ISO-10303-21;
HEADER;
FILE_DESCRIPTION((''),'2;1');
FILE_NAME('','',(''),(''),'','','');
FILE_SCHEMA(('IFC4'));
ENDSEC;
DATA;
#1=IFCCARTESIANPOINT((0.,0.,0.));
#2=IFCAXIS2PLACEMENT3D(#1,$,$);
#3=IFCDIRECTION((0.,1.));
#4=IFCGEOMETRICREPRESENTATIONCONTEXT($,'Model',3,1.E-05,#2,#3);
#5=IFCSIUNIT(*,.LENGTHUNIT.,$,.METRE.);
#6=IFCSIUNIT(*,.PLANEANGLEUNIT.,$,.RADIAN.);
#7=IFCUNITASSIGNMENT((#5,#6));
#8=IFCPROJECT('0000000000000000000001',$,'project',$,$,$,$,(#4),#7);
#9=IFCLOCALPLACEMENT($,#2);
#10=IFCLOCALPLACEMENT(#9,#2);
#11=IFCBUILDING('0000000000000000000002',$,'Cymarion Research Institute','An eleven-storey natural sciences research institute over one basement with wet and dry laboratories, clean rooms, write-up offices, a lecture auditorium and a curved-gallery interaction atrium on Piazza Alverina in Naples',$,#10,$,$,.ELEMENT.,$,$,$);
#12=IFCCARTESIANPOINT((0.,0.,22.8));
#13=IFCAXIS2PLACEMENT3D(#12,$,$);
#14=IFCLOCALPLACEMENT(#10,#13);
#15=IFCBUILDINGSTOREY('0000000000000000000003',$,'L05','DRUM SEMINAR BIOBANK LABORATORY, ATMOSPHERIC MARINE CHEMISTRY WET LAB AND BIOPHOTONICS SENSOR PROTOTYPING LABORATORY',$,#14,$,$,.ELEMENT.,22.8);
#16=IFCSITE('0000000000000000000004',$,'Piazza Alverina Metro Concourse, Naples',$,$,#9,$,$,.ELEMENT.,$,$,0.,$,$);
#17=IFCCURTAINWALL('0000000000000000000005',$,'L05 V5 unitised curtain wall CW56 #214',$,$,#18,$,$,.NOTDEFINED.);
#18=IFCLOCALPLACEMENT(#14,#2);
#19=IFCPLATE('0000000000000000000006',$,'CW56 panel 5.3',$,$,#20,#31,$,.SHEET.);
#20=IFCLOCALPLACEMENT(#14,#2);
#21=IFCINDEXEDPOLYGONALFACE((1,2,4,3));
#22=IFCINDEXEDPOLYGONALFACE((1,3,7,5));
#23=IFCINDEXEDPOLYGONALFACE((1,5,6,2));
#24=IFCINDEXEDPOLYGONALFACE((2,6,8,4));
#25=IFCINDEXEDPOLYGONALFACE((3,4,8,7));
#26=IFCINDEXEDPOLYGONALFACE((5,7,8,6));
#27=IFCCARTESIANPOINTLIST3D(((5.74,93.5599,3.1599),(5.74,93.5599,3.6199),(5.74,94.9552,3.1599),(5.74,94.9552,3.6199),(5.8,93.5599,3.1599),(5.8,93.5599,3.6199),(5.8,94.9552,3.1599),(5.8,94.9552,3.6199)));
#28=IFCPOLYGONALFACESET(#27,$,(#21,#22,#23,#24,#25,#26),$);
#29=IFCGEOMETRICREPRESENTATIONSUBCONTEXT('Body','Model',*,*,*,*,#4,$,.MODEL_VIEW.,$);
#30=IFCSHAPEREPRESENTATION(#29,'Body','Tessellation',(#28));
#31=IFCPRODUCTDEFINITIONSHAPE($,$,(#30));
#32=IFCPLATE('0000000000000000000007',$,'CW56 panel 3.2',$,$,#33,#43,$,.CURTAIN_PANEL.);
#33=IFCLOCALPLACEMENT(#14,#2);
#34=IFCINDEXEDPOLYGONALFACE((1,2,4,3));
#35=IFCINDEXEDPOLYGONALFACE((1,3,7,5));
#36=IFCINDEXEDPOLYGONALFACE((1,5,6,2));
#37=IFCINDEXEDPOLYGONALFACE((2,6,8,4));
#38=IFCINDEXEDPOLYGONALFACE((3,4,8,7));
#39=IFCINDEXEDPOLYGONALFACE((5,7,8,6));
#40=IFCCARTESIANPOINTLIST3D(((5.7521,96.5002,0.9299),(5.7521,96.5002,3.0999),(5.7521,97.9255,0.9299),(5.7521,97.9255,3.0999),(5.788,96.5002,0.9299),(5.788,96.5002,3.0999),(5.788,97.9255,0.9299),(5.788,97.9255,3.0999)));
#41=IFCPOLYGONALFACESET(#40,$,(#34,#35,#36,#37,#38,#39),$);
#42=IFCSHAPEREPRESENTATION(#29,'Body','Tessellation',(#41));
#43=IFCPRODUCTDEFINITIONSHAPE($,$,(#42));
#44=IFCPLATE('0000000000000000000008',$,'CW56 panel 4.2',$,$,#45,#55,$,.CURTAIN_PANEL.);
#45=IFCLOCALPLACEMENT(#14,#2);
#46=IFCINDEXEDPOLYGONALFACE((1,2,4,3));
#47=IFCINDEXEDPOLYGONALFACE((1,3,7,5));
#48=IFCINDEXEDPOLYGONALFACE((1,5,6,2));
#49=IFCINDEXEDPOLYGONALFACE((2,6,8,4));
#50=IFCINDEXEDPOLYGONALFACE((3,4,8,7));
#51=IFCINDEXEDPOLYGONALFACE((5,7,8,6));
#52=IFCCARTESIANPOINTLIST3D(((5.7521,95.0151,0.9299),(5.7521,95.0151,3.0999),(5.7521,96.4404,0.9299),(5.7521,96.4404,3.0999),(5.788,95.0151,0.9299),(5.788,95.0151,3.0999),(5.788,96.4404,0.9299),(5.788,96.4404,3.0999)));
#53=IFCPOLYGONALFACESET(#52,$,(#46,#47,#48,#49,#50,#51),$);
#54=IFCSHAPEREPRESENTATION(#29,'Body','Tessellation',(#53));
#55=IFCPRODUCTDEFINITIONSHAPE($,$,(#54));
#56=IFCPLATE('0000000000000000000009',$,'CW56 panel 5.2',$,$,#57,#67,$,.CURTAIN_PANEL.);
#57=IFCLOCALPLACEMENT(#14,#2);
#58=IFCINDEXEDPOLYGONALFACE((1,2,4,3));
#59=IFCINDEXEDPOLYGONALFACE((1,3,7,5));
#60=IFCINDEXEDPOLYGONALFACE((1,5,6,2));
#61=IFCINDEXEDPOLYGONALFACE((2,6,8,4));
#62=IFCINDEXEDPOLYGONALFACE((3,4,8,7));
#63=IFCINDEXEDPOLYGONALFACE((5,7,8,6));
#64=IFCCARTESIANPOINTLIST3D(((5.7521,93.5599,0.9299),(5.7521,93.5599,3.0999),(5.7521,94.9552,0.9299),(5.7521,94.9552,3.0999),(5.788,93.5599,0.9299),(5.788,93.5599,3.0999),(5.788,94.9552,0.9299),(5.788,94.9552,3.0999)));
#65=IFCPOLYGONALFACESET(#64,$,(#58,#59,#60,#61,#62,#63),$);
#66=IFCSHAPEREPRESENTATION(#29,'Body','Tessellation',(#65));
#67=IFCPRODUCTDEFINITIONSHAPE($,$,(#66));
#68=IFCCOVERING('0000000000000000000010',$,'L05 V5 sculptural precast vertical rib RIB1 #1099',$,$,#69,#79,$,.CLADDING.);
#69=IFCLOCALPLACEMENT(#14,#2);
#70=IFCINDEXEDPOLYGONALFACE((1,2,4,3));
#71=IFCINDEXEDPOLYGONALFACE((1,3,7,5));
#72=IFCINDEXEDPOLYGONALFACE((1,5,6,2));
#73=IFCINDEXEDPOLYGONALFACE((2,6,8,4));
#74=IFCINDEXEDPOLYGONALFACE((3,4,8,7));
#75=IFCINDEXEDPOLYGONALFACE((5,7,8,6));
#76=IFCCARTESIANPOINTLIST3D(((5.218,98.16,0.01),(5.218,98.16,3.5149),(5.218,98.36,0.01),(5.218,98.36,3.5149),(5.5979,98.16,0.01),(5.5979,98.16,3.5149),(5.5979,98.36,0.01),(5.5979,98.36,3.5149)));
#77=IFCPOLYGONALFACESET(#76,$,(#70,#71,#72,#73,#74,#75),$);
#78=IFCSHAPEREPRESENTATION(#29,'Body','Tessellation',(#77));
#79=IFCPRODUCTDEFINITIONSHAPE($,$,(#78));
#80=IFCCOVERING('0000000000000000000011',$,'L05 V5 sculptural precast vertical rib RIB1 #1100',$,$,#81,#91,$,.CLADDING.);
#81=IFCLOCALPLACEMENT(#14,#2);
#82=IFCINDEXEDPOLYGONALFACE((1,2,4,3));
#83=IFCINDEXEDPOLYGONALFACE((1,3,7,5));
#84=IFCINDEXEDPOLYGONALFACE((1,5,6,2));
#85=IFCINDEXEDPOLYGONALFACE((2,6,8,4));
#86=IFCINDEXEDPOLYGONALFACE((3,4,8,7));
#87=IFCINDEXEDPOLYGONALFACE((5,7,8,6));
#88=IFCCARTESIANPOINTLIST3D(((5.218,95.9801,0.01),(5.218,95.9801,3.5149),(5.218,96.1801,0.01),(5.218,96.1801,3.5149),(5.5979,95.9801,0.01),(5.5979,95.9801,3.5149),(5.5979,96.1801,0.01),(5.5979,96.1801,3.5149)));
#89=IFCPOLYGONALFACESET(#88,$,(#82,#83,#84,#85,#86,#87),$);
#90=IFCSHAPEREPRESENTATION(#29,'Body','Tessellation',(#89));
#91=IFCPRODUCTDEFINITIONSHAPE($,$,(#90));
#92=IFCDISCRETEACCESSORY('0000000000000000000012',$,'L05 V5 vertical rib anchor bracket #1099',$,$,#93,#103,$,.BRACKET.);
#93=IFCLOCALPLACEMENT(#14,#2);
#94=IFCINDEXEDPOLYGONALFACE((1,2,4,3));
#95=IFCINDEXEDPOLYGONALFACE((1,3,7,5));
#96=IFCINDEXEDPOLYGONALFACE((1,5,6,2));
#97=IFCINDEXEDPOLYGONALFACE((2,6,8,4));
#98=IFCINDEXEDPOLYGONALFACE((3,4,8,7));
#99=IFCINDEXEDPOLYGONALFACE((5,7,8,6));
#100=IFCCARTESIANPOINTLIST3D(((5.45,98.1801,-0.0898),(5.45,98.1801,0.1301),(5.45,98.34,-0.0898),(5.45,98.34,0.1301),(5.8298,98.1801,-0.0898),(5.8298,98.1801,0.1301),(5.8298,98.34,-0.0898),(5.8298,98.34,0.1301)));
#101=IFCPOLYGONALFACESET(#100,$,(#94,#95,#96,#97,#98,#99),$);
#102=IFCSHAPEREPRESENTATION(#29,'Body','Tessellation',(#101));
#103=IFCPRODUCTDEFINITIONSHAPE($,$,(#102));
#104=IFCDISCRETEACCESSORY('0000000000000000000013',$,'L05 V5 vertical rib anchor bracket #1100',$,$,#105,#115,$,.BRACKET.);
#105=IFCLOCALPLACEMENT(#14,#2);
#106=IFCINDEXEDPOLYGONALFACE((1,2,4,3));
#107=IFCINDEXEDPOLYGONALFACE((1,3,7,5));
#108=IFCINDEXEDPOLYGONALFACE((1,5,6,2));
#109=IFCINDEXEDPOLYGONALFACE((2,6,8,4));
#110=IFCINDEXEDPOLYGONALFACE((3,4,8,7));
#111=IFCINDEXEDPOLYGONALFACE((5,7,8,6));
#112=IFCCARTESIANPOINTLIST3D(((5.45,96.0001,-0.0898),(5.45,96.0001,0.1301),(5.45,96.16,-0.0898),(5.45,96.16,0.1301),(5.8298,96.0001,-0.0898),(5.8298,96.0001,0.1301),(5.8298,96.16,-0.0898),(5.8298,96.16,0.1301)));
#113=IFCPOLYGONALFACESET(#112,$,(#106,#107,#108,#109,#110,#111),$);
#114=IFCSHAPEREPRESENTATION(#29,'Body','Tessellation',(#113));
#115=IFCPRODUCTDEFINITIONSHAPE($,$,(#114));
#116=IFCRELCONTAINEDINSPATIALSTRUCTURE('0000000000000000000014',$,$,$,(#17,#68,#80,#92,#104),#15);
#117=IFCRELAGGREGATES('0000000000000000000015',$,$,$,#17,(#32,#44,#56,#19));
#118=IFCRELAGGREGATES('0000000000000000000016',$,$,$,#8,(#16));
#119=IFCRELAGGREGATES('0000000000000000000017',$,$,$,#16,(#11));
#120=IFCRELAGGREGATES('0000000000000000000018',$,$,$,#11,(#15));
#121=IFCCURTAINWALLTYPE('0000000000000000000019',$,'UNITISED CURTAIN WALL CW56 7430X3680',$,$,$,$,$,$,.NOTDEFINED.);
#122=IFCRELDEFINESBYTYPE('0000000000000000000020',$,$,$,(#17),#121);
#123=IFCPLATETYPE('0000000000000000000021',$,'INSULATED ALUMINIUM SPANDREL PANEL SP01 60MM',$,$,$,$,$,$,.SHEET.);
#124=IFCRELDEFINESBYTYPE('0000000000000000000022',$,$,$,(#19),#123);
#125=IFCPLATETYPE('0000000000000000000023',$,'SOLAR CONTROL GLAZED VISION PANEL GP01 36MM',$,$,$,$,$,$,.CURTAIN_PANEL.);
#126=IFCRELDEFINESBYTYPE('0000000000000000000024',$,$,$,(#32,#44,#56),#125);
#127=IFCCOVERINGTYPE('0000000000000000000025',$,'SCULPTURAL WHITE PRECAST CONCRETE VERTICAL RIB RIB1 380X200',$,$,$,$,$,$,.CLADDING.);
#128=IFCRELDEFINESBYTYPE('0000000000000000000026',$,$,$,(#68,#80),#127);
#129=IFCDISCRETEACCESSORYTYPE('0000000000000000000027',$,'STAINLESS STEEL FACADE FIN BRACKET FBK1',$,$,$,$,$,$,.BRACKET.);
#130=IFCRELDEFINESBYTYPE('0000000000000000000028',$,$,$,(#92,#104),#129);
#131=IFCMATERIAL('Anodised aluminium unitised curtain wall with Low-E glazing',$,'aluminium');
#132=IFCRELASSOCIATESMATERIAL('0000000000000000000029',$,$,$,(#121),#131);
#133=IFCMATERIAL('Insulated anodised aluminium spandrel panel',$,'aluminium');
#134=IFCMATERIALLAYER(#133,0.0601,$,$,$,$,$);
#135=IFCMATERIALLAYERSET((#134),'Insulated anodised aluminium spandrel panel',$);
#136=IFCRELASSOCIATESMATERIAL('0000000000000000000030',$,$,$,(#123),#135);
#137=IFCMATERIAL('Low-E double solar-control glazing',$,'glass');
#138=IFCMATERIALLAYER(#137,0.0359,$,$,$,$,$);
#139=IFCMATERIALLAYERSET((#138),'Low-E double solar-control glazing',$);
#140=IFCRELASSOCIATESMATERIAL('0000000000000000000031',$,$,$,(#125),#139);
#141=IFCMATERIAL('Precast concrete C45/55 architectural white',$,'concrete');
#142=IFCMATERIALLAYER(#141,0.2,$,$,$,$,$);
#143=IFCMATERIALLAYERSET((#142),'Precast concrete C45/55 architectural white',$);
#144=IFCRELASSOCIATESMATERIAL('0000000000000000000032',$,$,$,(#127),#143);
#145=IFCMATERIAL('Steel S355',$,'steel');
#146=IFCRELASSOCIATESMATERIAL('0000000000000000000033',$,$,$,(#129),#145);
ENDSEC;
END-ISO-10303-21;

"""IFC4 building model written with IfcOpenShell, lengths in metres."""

from ifc_helpers import new_model, si_unit, direction, frame, origin, origin_2d, place, context, subcontext, project, spatial, rectangle, extrude, material, layer, layer_set, type_object, element, aggregate, save


model = new_model("IFC4")

# Units and contexts
model_context = context("Model", 3, precision=1e-05, world=origin(), true_north=direction((0.0, 1.0)))
body_context = subcontext(model_context, "Body", "Model", "MODEL_VIEW")
ifc_project = project(units=[si_unit("LENGTHUNIT", "METRE"), si_unit("PLANEANGLEUNIT", "RADIAN")], contexts=[model_context])

# Site, building, storey
site_placement = place(None, origin())
site = spatial("IfcSite", under=ifc_project, at=site_placement, Name="Piazza Alverina Metro Concourse, Naples", CompositionType="ELEMENT", RefElevation=0.0)
building_placement = place(site_placement, origin())
building = spatial("IfcBuilding", under=site, at=building_placement, Name="Cymarion Research Institute", Description="An eleven-storey natural sciences research institute over one basement with wet and dry laboratories, clean rooms, write-up offices, a lecture auditorium and a curved-gallery interaction atrium on Piazza Alverina in Naples", CompositionType="ELEMENT")
storey_placement = place(building_placement, frame((0.0, 0.0, 22.8)))
storey = spatial("IfcBuildingStorey", under=building, at=storey_placement, Name="L05", Description="DRUM SEMINAR BIOBANK LABORATORY, ATMOSPHERIC MARINE CHEMISTRY WET LAB AND BIOPHOTONICS SENSOR PROTOTYPING LABORATORY", CompositionType="ELEMENT", Elevation=22.8)

# Curtain wall, plates
ifc_material_1 = material(Name="Anodised aluminium unitised curtain wall with Low-E glazing", Category="aluminium")
curtain_wall_type = type_object("IfcCurtainWallType", Name="UNITISED CURTAIN WALL CW56 7430X3680", PredefinedType="NOTDEFINED", material=ifc_material_1)
curtain_wall_placement = place(storey_placement, origin())
curtain_wall = element("IfcCurtainWall", 1, at=curtain_wall_placement, inside=storey, type_object=curtain_wall_type, Name="L05 V5 unitised curtain wall CW56 #214", PredefinedType="NOTDEFINED")
ifc_material_2 = material(Name="Insulated anodised aluminium spandrel panel", Category="aluminium")
ifc_layer_1 = layer(ifc_material_2, 0.0601)
ifc_layer_set_1 = layer_set([ifc_layer_1], Name="Insulated anodised aluminium spandrel panel")
plate_type_1 = type_object("IfcPlateType", Name="INSULATED ALUMINIUM SPANDREL PANEL SP01 60MM", PredefinedType="SHEET", material=ifc_layer_set_1)
plate_1_placement = place(storey_placement, frame((5.77, 94.2576, 3.1599), z_axis=(0.0, 0.0, 1.0), x_axis=(0.0, -1.0, 0.0)))
plate_1 = element("IfcPlate", 2, at=plate_1_placement, type_object=plate_type_1, Name="CW56 panel 5.3", PredefinedType="SHEET", context=body_context, shape_type="SweptSolid", body=[
    extrude(rectangle(XDim=1.3953, YDim=0.0601, at=origin_2d()), origin(), (0.0, 0.0, 1.0), 0.46),
])
ifc_material_3 = material(Name="Low-E double solar-control glazing", Category="glass")
ifc_layer_2 = layer(ifc_material_3, 0.0359)
ifc_layer_set_2 = layer_set([ifc_layer_2], Name="Low-E double solar-control glazing")
plate_type_2 = type_object("IfcPlateType", Name="SOLAR CONTROL GLAZED VISION PANEL GP01 36MM", PredefinedType="CURTAIN_PANEL", material=ifc_layer_set_2)
plate_2_placement = place(storey_placement, frame((5.77, 97.2129, 0.9299), z_axis=(0.0, 0.0, 1.0), x_axis=(0.0, -1.0, 0.0)))
plate_2 = element("IfcPlate", 3, at=plate_2_placement, type_object=plate_type_2, Name="CW56 panel 3.2", PredefinedType="CURTAIN_PANEL", context=body_context, shape_type="SweptSolid", body=[
    extrude(rectangle(XDim=1.4253, YDim=0.0359, at=origin_2d()), origin(), (0.0, 0.0, 1.0), 2.1699),
])
plate_3_placement = place(storey_placement, frame((5.77, 95.7278, 0.9299), z_axis=(0.0, 0.0, 1.0), x_axis=(0.0, -1.0, 0.0)))
plate_3 = element("IfcPlate", 4, at=plate_3_placement, type_object=plate_type_2, Name="CW56 panel 4.2", PredefinedType="CURTAIN_PANEL", context=body_context, shape_type="SweptSolid", body=[
    extrude(rectangle(XDim=1.4253, YDim=0.0359, at=origin_2d()), origin(), (0.0, 0.0, 1.0), 2.1699),
])
plate_4_placement = place(storey_placement, frame((5.77, 94.2576, 0.9299), z_axis=(0.0, 0.0, 1.0), x_axis=(0.0, -1.0, 0.0)))
plate_4 = element("IfcPlate", 5, at=plate_4_placement, type_object=plate_type_2, Name="CW56 panel 5.2", PredefinedType="CURTAIN_PANEL", context=body_context, shape_type="SweptSolid", body=[
    extrude(rectangle(XDim=1.3953, YDim=0.0359, at=origin_2d()), origin(), (0.0, 0.0, 1.0), 2.1699),
])
aggregate(curtain_wall, [plate_2, plate_3, plate_4, plate_1])

# Coverings
ifc_material_4 = material(Name="Precast concrete C45/55 architectural white", Category="concrete")
ifc_layer_3 = layer(ifc_material_4, 0.2)
ifc_layer_set_3 = layer_set([ifc_layer_3], Name="Precast concrete C45/55 architectural white")
covering_type = type_object("IfcCoveringType", Name="SCULPTURAL WHITE PRECAST CONCRETE VERTICAL RIB RIB1 380X200", PredefinedType="CLADDING", material=ifc_layer_set_3)
for number, where, z_axis, x_axis, name in (
    (6, (5.408, 98.26, 0.01), (0.0, 0.0, 1.0), (-1.0, 0.0, 0.0), "L05 V5 sculptural precast vertical rib RIB1 #1099"),
    (7, (5.408, 96.0801, 0.01), (0.0, 0.0, 1.0), (-1.0, 0.0, 0.0), "L05 V5 sculptural precast vertical rib RIB1 #1100"),
):
    element("IfcCovering", number, at=place(storey_placement, frame(where, z_axis=z_axis, x_axis=x_axis)), inside=storey, type_object=covering_type, Name=name, PredefinedType="CLADDING", context=body_context, shape_type="SweptSolid", body=[
        extrude(rectangle(XDim=0.3799, YDim=0.2, at=origin_2d()), origin(), (0.0, 0.0, 1.0), 3.5049),
    ])

# Discrete accessories
ifc_material_5 = material(Name="Steel S355", Category="steel")
discrete_accessory_type = type_object("IfcDiscreteAccessoryType", Name="STAINLESS STEEL FACADE FIN BRACKET FBK1", PredefinedType="BRACKET", material=ifc_material_5)
for number, where, z_axis, x_axis, name in (
    (8, (5.6399, 98.26, -0.0898), (0.0, 0.0, 1.0), (-1.0, 0.0, 0.0), "L05 V5 vertical rib anchor bracket #1099"),
    (9, (5.6399, 96.0801, -0.0898), (0.0, 0.0, 1.0), (-1.0, 0.0, 0.0), "L05 V5 vertical rib anchor bracket #1100"),
):
    element("IfcDiscreteAccessory", number, at=place(storey_placement, frame(where, z_axis=z_axis, x_axis=x_axis)), inside=storey, type_object=discrete_accessory_type, Name=name, PredefinedType="BRACKET", context=body_context, shape_type="SweptSolid", body=[
        extrude(rectangle(XDim=0.3799, YDim=0.1599, at=origin_2d()), origin(), (0.0, 0.0, 1.0), 0.22),
    ])

save(model, "model.ifc")
